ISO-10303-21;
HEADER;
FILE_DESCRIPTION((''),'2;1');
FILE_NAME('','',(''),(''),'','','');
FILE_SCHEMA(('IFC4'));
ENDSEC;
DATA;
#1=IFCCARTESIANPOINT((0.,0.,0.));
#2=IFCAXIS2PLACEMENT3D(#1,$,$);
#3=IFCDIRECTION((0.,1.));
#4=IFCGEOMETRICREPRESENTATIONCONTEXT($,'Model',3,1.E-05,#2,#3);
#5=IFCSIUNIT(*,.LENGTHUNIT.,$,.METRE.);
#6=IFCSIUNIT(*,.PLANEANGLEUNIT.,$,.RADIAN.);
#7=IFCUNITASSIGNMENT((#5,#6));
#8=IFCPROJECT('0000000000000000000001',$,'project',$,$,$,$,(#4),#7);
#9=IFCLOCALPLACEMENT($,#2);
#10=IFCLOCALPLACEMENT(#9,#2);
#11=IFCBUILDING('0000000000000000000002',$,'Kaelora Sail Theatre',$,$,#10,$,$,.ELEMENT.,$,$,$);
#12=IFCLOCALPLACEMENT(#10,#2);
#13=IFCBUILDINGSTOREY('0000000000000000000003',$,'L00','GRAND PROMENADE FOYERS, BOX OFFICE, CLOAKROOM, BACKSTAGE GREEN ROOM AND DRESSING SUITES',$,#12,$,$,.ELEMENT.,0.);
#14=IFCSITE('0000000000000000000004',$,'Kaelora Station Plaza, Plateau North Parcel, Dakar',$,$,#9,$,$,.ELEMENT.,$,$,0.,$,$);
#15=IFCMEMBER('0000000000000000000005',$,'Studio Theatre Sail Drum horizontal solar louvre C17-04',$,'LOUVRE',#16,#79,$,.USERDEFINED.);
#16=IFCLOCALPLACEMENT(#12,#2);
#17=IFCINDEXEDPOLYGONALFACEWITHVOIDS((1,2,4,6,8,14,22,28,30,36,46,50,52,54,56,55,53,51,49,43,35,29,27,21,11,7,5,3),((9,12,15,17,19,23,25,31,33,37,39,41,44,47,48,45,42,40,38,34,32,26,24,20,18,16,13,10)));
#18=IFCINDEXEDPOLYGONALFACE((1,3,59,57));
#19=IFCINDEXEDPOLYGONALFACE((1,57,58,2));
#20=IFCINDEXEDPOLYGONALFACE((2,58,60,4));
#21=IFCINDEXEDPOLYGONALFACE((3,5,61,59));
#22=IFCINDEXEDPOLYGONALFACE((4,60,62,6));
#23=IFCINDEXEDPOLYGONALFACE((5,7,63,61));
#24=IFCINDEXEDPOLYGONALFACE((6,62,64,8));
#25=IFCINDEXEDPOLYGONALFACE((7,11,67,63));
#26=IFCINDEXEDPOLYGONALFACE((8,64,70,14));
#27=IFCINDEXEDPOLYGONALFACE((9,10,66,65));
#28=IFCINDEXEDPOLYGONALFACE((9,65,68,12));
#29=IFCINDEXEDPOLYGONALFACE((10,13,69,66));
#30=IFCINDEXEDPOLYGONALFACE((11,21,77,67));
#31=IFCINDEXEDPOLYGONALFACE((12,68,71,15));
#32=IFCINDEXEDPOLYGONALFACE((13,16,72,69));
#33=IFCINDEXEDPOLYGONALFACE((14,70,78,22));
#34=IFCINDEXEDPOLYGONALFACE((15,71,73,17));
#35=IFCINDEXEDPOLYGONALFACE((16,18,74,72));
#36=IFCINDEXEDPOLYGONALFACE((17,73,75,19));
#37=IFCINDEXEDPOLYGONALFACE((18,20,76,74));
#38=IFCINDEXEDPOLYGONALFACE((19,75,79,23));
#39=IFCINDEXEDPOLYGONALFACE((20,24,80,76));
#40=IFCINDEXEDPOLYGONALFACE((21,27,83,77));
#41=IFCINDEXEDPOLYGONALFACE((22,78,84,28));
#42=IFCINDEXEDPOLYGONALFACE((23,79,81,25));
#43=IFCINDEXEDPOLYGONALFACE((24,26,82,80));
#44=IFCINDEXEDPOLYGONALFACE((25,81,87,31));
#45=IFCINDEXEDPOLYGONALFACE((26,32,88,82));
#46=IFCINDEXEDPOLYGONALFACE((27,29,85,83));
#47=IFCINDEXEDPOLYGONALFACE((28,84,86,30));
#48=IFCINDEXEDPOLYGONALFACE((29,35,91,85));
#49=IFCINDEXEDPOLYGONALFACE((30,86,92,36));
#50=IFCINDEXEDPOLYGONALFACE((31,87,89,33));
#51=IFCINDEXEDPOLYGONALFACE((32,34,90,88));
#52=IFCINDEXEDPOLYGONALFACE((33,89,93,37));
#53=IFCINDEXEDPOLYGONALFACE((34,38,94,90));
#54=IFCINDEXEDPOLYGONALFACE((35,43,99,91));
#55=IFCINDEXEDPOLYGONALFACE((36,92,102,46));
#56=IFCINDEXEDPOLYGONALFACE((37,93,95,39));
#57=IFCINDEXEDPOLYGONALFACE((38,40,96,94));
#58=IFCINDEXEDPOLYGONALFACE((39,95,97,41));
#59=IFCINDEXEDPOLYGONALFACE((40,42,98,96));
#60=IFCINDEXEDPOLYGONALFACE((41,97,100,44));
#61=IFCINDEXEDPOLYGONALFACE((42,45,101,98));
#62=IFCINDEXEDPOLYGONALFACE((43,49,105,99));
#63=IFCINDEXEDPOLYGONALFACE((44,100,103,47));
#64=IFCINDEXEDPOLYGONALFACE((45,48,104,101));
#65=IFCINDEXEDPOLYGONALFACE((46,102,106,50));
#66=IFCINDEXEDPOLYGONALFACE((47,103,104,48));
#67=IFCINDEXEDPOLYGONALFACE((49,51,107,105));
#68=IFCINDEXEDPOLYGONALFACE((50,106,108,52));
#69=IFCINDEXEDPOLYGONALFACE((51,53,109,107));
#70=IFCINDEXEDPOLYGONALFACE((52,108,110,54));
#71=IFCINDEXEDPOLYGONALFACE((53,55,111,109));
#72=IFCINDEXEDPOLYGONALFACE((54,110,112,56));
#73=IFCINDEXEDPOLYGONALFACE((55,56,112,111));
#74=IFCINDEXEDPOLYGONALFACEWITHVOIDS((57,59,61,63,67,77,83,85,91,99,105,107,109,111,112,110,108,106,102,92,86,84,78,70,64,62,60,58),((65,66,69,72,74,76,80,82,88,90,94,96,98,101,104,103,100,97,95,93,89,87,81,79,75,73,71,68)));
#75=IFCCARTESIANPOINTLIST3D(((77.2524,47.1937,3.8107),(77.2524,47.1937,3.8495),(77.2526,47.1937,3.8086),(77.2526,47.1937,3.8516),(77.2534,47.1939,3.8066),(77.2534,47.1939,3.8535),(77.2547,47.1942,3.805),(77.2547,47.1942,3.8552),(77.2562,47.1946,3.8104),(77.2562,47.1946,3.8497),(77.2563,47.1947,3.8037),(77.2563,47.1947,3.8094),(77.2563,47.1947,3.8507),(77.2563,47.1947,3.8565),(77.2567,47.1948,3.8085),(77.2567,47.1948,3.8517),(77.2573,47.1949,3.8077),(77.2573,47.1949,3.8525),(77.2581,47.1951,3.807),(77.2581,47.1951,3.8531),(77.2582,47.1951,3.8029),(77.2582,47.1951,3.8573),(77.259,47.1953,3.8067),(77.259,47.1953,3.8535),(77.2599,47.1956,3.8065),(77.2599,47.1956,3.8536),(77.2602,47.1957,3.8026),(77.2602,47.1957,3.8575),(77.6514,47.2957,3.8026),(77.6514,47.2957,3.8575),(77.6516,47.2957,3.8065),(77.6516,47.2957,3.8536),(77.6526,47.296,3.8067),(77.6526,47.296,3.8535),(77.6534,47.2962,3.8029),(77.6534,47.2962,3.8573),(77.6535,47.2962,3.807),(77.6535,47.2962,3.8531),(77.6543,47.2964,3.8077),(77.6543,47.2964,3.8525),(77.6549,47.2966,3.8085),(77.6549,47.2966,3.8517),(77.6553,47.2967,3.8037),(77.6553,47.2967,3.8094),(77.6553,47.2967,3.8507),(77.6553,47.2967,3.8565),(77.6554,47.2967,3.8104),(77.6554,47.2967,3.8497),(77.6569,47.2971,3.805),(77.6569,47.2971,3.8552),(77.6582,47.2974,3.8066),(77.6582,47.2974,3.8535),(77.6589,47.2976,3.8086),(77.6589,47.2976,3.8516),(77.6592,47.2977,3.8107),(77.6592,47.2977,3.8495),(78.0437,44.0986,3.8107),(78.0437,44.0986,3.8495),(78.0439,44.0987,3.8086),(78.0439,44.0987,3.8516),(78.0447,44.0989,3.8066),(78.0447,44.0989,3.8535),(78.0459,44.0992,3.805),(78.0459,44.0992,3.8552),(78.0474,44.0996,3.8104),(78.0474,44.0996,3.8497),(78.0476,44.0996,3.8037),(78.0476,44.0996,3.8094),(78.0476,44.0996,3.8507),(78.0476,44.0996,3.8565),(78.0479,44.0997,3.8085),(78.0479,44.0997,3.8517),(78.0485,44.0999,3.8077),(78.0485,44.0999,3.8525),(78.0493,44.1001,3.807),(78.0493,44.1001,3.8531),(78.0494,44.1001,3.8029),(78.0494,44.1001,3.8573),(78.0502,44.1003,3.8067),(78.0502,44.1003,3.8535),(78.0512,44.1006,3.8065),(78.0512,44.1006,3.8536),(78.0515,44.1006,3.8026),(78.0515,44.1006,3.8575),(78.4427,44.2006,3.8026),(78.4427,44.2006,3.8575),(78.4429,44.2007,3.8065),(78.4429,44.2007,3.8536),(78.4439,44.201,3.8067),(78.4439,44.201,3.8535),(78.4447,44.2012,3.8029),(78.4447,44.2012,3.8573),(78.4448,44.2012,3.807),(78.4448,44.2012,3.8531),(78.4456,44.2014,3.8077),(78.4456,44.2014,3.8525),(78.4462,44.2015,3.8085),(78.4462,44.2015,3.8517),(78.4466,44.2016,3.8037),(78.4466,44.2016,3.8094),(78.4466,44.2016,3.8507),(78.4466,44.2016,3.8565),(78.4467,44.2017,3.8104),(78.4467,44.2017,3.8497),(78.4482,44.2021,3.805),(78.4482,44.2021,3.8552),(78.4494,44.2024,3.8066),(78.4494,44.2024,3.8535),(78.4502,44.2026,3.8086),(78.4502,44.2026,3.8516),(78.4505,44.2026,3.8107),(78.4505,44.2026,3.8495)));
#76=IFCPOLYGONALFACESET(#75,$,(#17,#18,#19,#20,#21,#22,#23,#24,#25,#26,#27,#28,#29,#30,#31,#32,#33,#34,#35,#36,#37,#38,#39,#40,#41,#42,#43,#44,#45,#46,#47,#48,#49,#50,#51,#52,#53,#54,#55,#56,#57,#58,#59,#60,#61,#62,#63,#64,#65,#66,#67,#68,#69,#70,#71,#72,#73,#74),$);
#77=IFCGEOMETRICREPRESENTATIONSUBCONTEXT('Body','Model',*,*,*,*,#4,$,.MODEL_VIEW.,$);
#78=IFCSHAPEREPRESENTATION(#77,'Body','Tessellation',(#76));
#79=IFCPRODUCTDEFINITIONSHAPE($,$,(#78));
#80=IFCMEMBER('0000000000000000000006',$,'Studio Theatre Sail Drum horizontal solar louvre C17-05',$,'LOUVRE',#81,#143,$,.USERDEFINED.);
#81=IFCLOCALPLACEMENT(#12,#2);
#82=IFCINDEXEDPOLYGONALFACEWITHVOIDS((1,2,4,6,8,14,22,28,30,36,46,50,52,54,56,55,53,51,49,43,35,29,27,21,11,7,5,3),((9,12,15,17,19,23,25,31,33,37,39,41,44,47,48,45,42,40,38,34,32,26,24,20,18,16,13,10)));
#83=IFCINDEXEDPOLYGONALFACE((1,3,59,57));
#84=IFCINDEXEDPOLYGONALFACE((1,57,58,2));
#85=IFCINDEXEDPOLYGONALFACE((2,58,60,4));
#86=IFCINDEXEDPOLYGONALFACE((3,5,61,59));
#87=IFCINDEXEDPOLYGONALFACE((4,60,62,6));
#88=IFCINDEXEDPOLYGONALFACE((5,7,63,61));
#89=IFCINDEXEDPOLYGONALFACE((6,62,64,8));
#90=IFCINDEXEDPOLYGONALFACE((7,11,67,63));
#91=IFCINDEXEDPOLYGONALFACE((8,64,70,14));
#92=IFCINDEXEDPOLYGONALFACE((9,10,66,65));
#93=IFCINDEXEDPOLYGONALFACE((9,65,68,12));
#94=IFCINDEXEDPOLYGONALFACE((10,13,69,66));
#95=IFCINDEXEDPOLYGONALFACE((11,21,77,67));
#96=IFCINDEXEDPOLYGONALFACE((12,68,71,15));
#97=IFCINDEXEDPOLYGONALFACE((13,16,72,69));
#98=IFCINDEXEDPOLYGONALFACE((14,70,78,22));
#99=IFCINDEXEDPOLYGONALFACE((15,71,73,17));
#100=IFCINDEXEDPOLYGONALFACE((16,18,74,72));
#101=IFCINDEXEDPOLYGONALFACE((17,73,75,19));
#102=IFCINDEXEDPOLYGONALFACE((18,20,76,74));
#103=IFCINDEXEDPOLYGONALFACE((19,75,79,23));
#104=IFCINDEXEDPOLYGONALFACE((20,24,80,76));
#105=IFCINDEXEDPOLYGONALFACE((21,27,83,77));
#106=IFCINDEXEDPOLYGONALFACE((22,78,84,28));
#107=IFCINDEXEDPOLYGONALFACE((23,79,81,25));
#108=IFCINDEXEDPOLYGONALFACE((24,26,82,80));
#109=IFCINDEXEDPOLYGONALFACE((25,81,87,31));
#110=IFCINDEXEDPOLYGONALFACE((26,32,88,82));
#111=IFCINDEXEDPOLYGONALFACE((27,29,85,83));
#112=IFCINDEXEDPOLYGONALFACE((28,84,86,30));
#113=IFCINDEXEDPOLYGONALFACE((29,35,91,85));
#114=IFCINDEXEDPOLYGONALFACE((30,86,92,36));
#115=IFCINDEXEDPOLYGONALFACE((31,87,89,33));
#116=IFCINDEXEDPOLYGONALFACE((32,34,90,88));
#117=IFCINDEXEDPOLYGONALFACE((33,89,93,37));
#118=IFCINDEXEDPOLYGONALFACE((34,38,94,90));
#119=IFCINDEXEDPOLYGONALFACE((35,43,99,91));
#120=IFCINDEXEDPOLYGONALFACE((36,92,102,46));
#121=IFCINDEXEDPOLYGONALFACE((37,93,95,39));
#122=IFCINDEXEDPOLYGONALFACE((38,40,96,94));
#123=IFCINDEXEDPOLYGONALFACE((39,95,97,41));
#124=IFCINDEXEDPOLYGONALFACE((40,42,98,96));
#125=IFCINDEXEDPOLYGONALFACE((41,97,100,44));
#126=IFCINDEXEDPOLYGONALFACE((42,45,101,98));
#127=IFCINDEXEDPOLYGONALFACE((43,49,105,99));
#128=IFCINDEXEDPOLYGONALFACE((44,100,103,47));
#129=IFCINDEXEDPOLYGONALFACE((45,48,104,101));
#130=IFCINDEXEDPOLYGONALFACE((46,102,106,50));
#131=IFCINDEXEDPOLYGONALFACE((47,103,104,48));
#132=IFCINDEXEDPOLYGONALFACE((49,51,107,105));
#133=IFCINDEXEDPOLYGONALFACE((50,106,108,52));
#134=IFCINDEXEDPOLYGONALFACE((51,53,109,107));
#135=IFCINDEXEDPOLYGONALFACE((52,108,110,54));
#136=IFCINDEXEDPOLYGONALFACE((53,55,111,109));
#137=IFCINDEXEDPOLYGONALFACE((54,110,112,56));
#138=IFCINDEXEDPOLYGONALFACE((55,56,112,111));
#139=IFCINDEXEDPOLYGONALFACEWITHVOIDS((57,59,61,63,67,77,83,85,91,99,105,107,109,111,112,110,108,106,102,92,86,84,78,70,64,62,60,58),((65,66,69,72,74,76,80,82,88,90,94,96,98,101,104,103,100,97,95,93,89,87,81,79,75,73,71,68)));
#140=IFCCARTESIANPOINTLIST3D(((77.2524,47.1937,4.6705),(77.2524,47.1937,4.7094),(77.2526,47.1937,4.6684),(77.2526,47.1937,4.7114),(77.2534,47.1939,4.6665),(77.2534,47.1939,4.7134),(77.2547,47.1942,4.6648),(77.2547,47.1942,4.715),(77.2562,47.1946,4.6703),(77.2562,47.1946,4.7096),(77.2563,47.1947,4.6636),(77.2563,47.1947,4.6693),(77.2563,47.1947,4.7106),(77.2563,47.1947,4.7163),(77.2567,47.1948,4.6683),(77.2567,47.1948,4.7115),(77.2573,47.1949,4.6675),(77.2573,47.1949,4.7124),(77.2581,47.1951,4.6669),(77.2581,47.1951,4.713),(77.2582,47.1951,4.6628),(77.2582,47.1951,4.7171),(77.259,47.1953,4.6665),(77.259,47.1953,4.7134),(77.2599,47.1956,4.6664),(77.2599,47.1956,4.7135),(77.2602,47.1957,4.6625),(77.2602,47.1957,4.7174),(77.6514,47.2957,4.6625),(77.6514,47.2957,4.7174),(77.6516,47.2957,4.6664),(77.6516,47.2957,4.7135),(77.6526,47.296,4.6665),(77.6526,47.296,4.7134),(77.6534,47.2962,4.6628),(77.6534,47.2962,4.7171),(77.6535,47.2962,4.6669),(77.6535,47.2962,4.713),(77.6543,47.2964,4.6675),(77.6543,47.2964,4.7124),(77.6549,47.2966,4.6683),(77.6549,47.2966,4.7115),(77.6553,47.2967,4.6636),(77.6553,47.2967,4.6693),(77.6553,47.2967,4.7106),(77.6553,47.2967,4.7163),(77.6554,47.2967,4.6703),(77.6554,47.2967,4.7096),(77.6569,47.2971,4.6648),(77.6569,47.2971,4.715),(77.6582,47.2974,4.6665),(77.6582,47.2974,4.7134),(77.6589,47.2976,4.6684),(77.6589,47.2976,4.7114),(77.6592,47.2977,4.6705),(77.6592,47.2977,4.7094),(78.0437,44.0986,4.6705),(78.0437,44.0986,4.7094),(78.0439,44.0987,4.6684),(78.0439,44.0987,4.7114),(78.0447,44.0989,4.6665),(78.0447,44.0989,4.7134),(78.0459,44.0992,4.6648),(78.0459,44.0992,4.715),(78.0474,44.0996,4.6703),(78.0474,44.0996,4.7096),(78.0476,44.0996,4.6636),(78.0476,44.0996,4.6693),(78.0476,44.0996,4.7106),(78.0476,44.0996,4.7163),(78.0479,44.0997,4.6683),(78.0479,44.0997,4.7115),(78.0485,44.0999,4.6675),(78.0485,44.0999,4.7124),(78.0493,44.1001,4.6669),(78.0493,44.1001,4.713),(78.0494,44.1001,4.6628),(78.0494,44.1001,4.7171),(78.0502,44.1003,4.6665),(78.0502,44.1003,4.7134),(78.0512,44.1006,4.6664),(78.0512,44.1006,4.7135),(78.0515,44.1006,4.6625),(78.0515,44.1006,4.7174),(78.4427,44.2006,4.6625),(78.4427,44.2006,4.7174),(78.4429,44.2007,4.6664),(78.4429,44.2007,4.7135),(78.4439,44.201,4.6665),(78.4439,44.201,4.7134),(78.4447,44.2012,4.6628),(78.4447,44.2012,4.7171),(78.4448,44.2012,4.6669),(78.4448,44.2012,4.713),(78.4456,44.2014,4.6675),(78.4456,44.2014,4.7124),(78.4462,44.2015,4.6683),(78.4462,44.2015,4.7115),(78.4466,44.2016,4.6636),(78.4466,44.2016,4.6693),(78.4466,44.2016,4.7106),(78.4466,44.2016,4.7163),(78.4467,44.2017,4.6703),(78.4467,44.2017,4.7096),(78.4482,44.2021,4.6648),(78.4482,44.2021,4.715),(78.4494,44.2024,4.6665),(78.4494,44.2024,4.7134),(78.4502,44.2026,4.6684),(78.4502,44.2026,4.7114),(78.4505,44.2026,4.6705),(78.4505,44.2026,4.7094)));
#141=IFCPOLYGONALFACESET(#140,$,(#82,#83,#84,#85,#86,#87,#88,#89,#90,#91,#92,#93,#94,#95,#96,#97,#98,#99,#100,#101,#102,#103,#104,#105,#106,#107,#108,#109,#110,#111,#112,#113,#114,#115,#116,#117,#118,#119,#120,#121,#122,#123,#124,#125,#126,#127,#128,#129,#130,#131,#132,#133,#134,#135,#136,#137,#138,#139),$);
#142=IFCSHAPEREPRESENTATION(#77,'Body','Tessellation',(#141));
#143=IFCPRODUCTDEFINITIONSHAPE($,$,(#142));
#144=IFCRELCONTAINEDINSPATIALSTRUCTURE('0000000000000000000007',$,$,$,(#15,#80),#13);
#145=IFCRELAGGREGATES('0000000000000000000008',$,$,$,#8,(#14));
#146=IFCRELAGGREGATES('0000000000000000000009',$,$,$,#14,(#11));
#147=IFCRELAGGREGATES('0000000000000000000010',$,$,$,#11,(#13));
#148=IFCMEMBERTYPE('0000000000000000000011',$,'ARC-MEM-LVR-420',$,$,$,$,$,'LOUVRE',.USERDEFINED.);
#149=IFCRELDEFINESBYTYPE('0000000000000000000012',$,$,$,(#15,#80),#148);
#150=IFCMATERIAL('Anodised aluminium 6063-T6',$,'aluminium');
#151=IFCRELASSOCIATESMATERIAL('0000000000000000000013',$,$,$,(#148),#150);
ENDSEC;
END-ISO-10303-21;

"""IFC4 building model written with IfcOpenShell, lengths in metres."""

from ifc_helpers import new_model, si_unit, direction, frame, origin, origin_2d, place, context, subcontext, project, spatial, hollow_rectangle, extrude, material, material_profile, profile_set, type_object, element, save


model = new_model("IFC4")

# Units and contexts
model_context = context("Model", 3, precision=1e-05, world=origin(), true_north=direction((0.0, 1.0)))
body_context = subcontext(model_context, "Body", "Model", "MODEL_VIEW")
ifc_project = project(units=[si_unit("LENGTHUNIT", "METRE"), si_unit("PLANEANGLEUNIT", "RADIAN")], contexts=[model_context])

# Site, building, storey
site_placement = place(None, origin())
site = spatial("IfcSite", under=ifc_project, at=site_placement, Name="Kaelora Station Plaza, Plateau North Parcel, Dakar", CompositionType="ELEMENT", RefElevation=0.0)
building_placement = place(site_placement, origin())
building = spatial("IfcBuilding", under=site, at=building_placement, Name="Kaelora Sail Theatre", CompositionType="ELEMENT")
storey_placement = place(building_placement, origin())
storey = spatial("IfcBuildingStorey", under=building, at=storey_placement, Name="L00", Description="GRAND PROMENADE FOYERS, BOX OFFICE, CLOAKROOM, BACKSTAGE GREEN ROOM AND DRESSING SUITES", CompositionType="ELEMENT", Elevation=0.0)

# Members
ifc_material_1 = material(Name="Anodised aluminium 6063-T6", Category="aluminium")
ifc_material_profile_1 = material_profile(ifc_material_1, hollow_rectangle(XDim=0.4199, YDim=0.0549, WallThickness=0.0039, InnerFilletRadius=0.0039, OuterFilletRadius=0.0081, at=origin_2d()), Name="LOUVRE 420x55x4")
ifc_profile_set_1 = profile_set([ifc_material_profile_1], Name="Anodised aluminium 6063-T6")
member_type_1 = type_object("IfcMemberType", Name="ARC-MEM-LVR-420", ElementType="LOUVRE", PredefinedType="USERDEFINED", material=ifc_profile_set_1)
for number, where, z_axis, x_axis, name in (
    (1, (78.2471, 44.1506, 3.8301), (-0.247693, 0.968839, 0.0), (-0.968839, -0.247693, 0.0), "Studio Theatre Sail Drum horizontal solar louvre C17-04"),
    (2, (78.2471, 44.1506, 4.6899), (-0.247693, 0.968839, 0.0), (-0.968839, -0.247693, 0.0), "Studio Theatre Sail Drum horizontal solar louvre C17-05"),
):
    element("IfcMember", number, at=place(storey_placement, frame(where, z_axis=z_axis, x_axis=x_axis)), inside=storey, type_object=member_type_1, Name=name, ObjectType="LOUVRE", PredefinedType="USERDEFINED", context=body_context, shape_type="SweptSolid", body=[
        extrude(hollow_rectangle(XDim=0.4199, YDim=0.0549, WallThickness=0.0039, InnerFilletRadius=0.0039, OuterFilletRadius=0.0081, at=origin_2d()), origin(), (0.0, 0.0, 1.0), 3.1946),
    ])

save(model, "model.ifc")
